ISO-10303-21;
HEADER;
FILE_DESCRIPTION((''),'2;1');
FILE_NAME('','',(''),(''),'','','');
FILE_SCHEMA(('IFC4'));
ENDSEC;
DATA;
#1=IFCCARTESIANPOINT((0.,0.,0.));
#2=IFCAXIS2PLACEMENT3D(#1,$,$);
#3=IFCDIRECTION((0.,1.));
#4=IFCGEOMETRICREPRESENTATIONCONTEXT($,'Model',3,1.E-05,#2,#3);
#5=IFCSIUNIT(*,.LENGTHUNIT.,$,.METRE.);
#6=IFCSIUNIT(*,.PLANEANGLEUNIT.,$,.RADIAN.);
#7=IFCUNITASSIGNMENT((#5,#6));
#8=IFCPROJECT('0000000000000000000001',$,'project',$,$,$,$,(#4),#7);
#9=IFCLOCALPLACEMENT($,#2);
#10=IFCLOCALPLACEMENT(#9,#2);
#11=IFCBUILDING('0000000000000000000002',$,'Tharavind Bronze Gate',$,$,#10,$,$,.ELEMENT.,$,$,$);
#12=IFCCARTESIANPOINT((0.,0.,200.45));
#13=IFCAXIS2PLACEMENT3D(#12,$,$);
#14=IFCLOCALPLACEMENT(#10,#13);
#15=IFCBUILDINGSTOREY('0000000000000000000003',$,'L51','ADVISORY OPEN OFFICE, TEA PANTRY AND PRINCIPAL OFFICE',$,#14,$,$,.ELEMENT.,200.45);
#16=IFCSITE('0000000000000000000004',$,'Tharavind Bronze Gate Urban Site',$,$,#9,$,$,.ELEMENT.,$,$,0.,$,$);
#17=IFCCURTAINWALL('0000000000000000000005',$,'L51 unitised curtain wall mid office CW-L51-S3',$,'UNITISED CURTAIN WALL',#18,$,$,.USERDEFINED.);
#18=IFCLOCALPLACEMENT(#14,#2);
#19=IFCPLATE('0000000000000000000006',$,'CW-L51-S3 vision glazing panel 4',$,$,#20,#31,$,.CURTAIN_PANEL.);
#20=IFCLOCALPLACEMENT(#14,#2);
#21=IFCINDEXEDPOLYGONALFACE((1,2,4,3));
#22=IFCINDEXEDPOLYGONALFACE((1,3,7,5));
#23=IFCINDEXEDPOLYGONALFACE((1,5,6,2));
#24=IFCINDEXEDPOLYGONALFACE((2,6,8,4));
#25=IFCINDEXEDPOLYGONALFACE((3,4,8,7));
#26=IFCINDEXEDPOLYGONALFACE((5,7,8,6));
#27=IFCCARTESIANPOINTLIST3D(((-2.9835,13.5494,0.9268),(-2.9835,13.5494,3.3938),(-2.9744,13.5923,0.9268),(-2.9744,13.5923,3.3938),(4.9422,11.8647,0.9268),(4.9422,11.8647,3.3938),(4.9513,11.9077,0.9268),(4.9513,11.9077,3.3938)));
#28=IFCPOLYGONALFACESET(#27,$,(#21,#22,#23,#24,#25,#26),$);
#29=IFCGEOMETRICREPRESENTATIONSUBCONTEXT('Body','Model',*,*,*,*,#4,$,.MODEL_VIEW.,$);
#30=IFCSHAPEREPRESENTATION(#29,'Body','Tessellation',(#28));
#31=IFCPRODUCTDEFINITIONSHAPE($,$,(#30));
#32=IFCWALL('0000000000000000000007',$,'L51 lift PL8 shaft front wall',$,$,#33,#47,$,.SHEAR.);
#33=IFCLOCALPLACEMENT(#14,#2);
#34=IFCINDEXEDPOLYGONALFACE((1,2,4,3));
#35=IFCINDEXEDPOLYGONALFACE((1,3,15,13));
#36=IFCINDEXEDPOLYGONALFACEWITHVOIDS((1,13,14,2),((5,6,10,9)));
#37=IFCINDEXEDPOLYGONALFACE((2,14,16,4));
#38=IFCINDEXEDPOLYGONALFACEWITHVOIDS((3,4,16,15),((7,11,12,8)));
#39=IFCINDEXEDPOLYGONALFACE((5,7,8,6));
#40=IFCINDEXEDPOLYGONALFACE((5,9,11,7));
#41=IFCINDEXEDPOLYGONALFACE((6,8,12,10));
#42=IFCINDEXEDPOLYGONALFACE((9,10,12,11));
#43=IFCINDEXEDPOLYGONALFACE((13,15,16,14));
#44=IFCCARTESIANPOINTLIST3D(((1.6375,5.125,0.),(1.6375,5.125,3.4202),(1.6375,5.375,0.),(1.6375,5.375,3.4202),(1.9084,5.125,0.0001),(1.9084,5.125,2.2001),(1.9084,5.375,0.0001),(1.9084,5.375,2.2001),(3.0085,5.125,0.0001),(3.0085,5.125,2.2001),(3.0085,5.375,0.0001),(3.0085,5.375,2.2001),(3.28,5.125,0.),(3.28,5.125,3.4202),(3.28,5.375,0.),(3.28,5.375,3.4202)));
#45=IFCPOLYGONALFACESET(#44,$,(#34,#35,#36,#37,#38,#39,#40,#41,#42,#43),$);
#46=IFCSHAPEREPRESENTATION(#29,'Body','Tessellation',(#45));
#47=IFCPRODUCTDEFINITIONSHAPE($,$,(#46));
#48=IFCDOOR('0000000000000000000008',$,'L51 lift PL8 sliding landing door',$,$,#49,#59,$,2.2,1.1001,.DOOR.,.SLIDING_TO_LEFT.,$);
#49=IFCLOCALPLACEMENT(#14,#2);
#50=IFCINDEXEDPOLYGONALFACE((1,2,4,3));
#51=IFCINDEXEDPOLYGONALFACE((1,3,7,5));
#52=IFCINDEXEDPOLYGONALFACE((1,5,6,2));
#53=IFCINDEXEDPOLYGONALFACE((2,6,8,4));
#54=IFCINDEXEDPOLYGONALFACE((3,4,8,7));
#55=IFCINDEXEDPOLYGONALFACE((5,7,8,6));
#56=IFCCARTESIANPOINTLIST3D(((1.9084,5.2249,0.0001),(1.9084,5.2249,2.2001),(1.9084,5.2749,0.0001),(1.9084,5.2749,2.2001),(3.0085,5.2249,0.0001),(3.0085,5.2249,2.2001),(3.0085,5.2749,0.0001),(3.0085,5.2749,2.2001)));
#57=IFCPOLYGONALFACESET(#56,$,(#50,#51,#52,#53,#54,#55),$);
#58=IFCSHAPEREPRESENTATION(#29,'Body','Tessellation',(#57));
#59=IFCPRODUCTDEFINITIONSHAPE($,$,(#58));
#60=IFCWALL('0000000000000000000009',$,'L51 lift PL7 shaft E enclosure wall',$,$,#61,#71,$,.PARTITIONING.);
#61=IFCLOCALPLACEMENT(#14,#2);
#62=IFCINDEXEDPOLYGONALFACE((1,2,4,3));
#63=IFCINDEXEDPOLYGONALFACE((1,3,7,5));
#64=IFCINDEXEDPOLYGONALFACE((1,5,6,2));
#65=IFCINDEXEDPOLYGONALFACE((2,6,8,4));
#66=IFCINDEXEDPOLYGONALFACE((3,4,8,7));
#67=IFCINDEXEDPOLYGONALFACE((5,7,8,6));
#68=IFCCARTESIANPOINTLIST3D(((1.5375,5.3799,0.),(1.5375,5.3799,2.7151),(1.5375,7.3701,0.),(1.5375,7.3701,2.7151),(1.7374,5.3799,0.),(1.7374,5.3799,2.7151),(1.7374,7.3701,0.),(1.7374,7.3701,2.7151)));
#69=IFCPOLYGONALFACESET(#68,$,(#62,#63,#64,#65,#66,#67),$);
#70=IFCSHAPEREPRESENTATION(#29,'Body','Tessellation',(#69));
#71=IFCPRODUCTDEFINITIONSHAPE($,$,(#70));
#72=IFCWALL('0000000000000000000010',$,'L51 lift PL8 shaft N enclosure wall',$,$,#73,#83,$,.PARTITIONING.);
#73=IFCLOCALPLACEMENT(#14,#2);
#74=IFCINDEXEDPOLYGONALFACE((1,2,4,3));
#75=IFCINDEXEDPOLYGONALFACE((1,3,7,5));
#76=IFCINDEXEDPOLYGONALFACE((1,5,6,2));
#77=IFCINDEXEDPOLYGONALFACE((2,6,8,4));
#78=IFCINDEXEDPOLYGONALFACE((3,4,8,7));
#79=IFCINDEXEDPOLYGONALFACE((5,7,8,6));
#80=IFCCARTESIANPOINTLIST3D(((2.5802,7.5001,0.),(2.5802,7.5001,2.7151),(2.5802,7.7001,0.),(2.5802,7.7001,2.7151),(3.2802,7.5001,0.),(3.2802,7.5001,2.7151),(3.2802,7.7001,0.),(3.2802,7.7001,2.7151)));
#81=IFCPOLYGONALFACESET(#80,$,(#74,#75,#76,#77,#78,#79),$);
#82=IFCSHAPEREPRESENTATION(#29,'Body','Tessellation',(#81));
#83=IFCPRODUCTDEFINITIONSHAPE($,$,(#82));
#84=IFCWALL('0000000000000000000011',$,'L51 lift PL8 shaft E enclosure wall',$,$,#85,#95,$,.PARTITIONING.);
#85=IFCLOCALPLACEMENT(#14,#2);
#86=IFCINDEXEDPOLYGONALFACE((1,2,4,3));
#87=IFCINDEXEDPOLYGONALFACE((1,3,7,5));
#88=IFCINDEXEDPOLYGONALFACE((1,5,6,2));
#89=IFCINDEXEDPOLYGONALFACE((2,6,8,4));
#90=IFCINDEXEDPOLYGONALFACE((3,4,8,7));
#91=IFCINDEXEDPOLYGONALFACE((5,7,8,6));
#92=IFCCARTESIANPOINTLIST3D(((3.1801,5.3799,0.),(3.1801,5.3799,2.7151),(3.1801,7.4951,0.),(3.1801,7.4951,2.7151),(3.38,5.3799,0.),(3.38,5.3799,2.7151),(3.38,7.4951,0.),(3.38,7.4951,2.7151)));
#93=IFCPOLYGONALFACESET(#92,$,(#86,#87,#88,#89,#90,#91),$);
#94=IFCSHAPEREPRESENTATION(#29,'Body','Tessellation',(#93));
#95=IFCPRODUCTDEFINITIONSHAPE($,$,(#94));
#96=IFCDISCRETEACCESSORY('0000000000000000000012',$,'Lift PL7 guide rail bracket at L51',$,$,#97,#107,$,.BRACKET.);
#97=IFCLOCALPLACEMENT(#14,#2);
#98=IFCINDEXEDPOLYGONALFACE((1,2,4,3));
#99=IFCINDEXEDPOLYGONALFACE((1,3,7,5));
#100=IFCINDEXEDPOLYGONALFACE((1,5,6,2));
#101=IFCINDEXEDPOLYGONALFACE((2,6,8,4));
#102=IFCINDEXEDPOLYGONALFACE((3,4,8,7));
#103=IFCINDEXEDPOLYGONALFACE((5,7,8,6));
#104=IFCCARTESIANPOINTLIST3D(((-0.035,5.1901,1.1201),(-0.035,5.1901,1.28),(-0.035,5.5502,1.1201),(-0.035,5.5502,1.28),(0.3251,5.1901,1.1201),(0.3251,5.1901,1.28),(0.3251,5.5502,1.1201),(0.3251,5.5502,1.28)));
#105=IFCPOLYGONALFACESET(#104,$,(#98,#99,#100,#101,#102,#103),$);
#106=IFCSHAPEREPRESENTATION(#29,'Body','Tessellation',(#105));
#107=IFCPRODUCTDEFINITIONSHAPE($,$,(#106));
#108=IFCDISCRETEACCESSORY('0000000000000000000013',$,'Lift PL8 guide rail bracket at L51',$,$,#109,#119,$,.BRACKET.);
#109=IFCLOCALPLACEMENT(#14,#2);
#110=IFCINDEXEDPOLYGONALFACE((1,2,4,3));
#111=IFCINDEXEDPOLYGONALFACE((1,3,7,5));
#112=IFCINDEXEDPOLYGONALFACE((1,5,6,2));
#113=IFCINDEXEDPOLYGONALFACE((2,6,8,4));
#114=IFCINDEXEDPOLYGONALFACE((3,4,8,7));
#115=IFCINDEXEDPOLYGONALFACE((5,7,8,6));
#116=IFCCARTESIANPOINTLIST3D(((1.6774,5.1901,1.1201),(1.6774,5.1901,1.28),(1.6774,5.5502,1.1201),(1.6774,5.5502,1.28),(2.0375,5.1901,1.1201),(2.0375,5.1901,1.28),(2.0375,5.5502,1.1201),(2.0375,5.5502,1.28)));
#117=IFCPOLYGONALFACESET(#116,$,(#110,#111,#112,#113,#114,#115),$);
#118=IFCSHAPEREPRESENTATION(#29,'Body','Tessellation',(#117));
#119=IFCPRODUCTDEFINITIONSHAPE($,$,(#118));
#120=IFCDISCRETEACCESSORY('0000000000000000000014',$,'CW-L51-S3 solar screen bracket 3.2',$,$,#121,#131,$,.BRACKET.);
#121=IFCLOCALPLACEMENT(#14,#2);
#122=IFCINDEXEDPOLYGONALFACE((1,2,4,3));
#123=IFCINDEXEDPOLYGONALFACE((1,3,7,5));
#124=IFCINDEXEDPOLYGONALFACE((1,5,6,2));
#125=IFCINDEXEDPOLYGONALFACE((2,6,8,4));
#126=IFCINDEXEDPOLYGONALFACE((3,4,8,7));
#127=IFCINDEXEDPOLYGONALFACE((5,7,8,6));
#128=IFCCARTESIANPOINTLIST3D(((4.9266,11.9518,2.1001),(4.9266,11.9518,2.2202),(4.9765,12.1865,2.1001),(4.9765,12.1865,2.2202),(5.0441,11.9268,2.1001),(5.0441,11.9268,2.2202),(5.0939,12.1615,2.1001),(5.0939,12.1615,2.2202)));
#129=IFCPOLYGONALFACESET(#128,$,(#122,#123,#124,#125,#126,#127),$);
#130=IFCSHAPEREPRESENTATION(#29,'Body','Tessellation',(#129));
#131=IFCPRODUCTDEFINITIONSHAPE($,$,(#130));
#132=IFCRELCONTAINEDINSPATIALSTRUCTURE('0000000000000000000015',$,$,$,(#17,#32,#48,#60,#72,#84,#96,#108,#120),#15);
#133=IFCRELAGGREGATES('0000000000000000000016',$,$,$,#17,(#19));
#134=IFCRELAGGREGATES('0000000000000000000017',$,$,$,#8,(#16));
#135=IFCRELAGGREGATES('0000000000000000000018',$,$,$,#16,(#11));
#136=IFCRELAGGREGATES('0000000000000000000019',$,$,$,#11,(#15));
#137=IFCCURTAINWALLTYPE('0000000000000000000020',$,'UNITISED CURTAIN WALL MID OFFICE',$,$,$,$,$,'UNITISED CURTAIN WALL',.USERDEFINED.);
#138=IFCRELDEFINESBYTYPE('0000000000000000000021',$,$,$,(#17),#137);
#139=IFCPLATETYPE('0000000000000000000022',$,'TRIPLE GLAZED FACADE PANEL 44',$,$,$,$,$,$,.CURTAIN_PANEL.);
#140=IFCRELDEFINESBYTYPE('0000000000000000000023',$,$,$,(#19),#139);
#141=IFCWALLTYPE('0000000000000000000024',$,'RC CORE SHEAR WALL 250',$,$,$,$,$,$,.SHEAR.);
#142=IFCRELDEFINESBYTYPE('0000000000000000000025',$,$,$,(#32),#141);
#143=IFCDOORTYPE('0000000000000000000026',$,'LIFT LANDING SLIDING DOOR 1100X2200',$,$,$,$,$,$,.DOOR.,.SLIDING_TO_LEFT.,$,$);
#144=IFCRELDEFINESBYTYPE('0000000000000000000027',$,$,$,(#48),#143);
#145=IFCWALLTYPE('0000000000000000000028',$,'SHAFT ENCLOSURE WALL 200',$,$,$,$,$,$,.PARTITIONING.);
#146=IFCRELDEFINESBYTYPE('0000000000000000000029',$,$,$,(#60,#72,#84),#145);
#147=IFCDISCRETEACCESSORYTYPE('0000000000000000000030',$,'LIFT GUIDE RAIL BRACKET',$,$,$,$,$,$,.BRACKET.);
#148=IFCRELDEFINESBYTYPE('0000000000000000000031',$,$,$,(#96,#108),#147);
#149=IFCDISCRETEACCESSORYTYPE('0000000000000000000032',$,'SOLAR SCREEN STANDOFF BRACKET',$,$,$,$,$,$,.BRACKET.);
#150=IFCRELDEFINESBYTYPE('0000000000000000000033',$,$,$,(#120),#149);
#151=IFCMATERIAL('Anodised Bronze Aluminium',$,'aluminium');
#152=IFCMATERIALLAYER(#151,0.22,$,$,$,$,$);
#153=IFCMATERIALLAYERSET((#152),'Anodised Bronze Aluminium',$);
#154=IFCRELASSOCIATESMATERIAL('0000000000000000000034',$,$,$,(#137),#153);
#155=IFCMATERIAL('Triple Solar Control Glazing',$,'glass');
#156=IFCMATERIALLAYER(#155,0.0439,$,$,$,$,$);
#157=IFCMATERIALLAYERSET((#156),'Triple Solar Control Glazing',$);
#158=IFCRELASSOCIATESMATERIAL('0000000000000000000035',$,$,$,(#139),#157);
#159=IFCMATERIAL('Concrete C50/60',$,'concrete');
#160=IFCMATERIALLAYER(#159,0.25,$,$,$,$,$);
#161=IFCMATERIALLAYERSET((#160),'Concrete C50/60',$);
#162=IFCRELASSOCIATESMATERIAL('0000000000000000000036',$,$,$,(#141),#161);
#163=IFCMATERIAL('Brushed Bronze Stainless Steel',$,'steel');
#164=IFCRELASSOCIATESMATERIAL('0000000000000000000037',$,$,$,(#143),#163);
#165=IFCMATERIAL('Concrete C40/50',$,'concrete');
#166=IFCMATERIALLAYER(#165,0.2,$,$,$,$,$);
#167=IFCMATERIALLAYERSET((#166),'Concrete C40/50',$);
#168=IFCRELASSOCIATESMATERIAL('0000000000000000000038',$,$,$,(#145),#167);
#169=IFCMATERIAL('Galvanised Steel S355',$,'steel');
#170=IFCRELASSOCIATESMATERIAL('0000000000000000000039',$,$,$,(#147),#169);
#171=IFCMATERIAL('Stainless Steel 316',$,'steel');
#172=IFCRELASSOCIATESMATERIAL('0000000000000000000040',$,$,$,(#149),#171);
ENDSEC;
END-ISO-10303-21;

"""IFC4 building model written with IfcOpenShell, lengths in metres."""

from ifc_helpers import new_model, si_unit, direction, frame, frame_2d, origin, origin_2d, place, context, subcontext, project, spatial, rectangle, extrude, material, layer, layer_set, type_object, element, fill, aggregate, save


model = new_model("IFC4")

# Units and contexts
model_context = context("Model", 3, precision=1e-05, world=origin(), true_north=direction((0.0, 1.0)))
body_context = subcontext(model_context, "Body", "Model", "MODEL_VIEW")
ifc_project = project(units=[si_unit("LENGTHUNIT", "METRE"), si_unit("PLANEANGLEUNIT", "RADIAN")], contexts=[model_context])

# Site, building, storey
site_placement = place(None, origin())
site = spatial("IfcSite", under=ifc_project, at=site_placement, Name="Tharavind Bronze Gate Urban Site", CompositionType="ELEMENT", RefElevation=0.0)
building_placement = place(site_placement, origin())
building = spatial("IfcBuilding", under=site, at=building_placement, Name="Tharavind Bronze Gate", CompositionType="ELEMENT")
storey_placement = place(building_placement, frame((0.0, 0.0, 200.45)))
storey = spatial("IfcBuildingStorey", under=building, at=storey_placement, Name="L51", Description="ADVISORY OPEN OFFICE, TEA PANTRY AND PRINCIPAL OFFICE", CompositionType="ELEMENT", Elevation=200.45)

# Curtain wall
ifc_material_1 = material(Name="Anodised Bronze Aluminium", Category="aluminium")
ifc_layer_1 = layer(ifc_material_1, 0.22)
ifc_layer_set_1 = layer_set([ifc_layer_1], Name="Anodised Bronze Aluminium")
curtain_wall_type = type_object("IfcCurtainWallType", Name="UNITISED CURTAIN WALL MID OFFICE", ElementType="UNITISED CURTAIN WALL", PredefinedType="USERDEFINED", material=ifc_layer_set_1)
curtain_wall_placement = place(storey_placement, origin())
curtain_wall = element("IfcCurtainWall", 1, at=curtain_wall_placement, inside=storey, type_object=curtain_wall_type, Name="L51 unitised curtain wall mid office CW-L51-S3", ObjectType="UNITISED CURTAIN WALL", PredefinedType="USERDEFINED")

# Plate
ifc_material_2 = material(Name="Triple Solar Control Glazing", Category="glass")
ifc_layer_2 = layer(ifc_material_2, 0.0439)
ifc_layer_set_2 = layer_set([ifc_layer_2], Name="Triple Solar Control Glazing")
plate_type_1 = type_object("IfcPlateType", Name="TRIPLE GLAZED FACADE PANEL 44", PredefinedType="CURTAIN_PANEL", material=ifc_layer_set_2)
plate_1_placement = place(storey_placement, frame((0.9839, 12.7285, 0.9268), z_axis=(0.0, 0.0, 1.0), x_axis=(-0.978148, 0.207912, 0.0)))
plate_1 = element("IfcPlate", 2, at=plate_1_placement, type_object=plate_type_1, Name="CW-L51-S3 vision glazing panel 4", PredefinedType="CURTAIN_PANEL", context=body_context, shape_type="SweptSolid", body=[
    extrude(rectangle(XDim=8.1028, YDim=0.0439, at=origin_2d()), origin(), (0.0, 0.0, 1.0), 2.467),
])
aggregate(curtain_wall, [plate_1])

# Wall, opening, door
ifc_material_3 = material(Name="Concrete C50/60", Category="concrete")
ifc_layer_3 = layer(ifc_material_3, 0.25)
ifc_layer_set_3 = layer_set([ifc_layer_3], Name="Concrete C50/60")
wall_type_1 = type_object("IfcWallType", Name="RC CORE SHEAR WALL 250", PredefinedType="SHEAR", material=ifc_layer_set_3)
wall_1_placement = place(storey_placement, frame((1.6375, 5.25, 0.0), z_axis=(0.0, 0.0, 1.0), x_axis=(1.0, 0.0, 0.0)))
wall_1 = element("IfcWall", 3, at=wall_1_placement, inside=storey, type_object=wall_type_1, Name="L51 lift PL8 shaft front wall", PredefinedType="SHEAR", context=body_context, shape_type="SweptSolid", body=[
    extrude(rectangle(XDim=1.6426, YDim=0.25, at=frame_2d((0.8213, 0.0))), origin(), (0.0, 0.0, 1.0), 3.4202),
])
opening_1_placement = place(wall_1_placement, frame((0.271, 0.0, 0.0)))
opening_1 = element("IfcOpeningElement", 4, at=opening_1_placement, cuts=wall_1, PredefinedType="OPENING", context=body_context, shape_type="SweptSolid", body=[
    extrude(rectangle(XDim=1.1001, YDim=2.2, at=frame_2d((0.55, 1.1001))), frame((0.0, 0.135, 0.0), z_axis=(0.0, -1.0, 0.0), x_axis=(1.0, 0.0, 0.0)), (0.0, 0.0, 1.0), 0.27),
])
ifc_material_4 = material(Name="Brushed Bronze Stainless Steel", Category="steel")
door_type_1 = type_object("IfcDoorType", Name="LIFT LANDING SLIDING DOOR 1100X2200", OperationType="SLIDING_TO_LEFT", PredefinedType="DOOR", material=ifc_material_4)
door_1_placement = place(opening_1_placement, origin())
door_1 = element("IfcDoor", 5, at=door_1_placement, inside=storey, type_object=door_type_1, Name="L51 lift PL8 sliding landing door", OperationType="SLIDING_TO_LEFT", OverallHeight=2.2, OverallWidth=1.1001, PredefinedType="DOOR", context=body_context, shape_type="SweptSolid", body=[
    extrude(rectangle(XDim=1.1001, YDim=2.2, at=frame_2d((0.55, 1.1001))), frame((0.0, 0.0249, 0.0), z_axis=(0.0, -1.0, 0.0), x_axis=(1.0, 0.0, 0.0)), (0.0, 0.0, 1.0), 0.05),
])
fill(opening_1, door_1)

# Walls
ifc_material_5 = material(Name="Concrete C40/50", Category="concrete")
ifc_layer_4 = layer(ifc_material_5, 0.2)
ifc_layer_set_4 = layer_set([ifc_layer_4], Name="Concrete C40/50")
wall_type_2 = type_object("IfcWallType", Name="SHAFT ENCLOSURE WALL 200", PredefinedType="PARTITIONING", material=ifc_layer_set_4)
wall_2_placement = place(storey_placement, frame((1.6375, 5.3799, 0.0), z_axis=(0.0, 0.0, 1.0), x_axis=(0.0, 1.0, 0.0)))
element("IfcWall", 6, at=wall_2_placement, inside=storey, type_object=wall_type_2, Name="L51 lift PL7 shaft E enclosure wall", PredefinedType="PARTITIONING", context=body_context, shape_type="SweptSolid", body=[
    extrude(rectangle(XDim=1.9902, YDim=0.2, at=frame_2d((0.9951, 0.0))), origin(), (0.0, 0.0, 1.0), 2.7151),
])
wall_3_placement = place(storey_placement, frame((2.5801, 7.6001, 0.0), z_axis=(0.0, 0.0, 1.0), x_axis=(1.0, 0.0, 0.0)))
element("IfcWall", 7, at=wall_3_placement, inside=storey, type_object=wall_type_2, Name="L51 lift PL8 shaft N enclosure wall", PredefinedType="PARTITIONING", context=body_context, shape_type="SweptSolid", body=[
    extrude(rectangle(XDim=0.7, YDim=0.2, at=frame_2d((0.3501, 0.0))), origin(), (0.0, 0.0, 1.0), 2.7151),
])
wall_4_placement = place(storey_placement, frame((3.28, 5.3799, 0.0), z_axis=(0.0, 0.0, 1.0), x_axis=(0.0, 1.0, 0.0)))
element("IfcWall", 8, at=wall_4_placement, inside=storey, type_object=wall_type_2, Name="L51 lift PL8 shaft E enclosure wall", PredefinedType="PARTITIONING", context=body_context, shape_type="SweptSolid", body=[
    extrude(rectangle(XDim=2.1152, YDim=0.2, at=frame_2d((1.0576, 0.0))), origin(), (0.0, 0.0, 1.0), 2.7151),
])

# Discrete accessories
ifc_material_6 = material(Name="Galvanised Steel S355", Category="steel")
discrete_accessory_type_1 = type_object("IfcDiscreteAccessoryType", Name="LIFT GUIDE RAIL BRACKET", PredefinedType="BRACKET", material=ifc_material_6)
for number, where, z_axis, x_axis, name in (
    (9, (0.145, 5.3701, 1.1201), (0.0, 0.0, 1.0), (1.0, 0.0, 0.0), "Lift PL7 guide rail bracket at L51"),
    (10, (1.8574, 5.3701, 1.1201), (0.0, 0.0, 1.0), (1.0, 0.0, 0.0), "Lift PL8 guide rail bracket at L51"),
):
    element("IfcDiscreteAccessory", number, at=place(storey_placement, frame(where, z_axis=z_axis, x_axis=x_axis)), inside=storey, type_object=discrete_accessory_type_1, Name=name, PredefinedType="BRACKET", context=body_context, shape_type="SweptSolid", body=[
        extrude(rectangle(XDim=0.3601, YDim=0.3601, at=origin_2d()), origin(), (0.0, 0.0, 1.0), 0.1599),
    ])
ifc_material_7 = material(Name="Stainless Steel 316", Category="steel")
discrete_accessory_type_2 = type_object("IfcDiscreteAccessoryType", Name="SOLAR SCREEN STANDOFF BRACKET", PredefinedType="BRACKET", material=ifc_material_7)
discrete_accessory_placement = place(storey_placement, frame((5.0103, 12.0566, 2.1001), z_axis=(0.0, 0.0, 1.0), x_axis=(-0.978148, 0.207912, 0.0)))
element("IfcDiscreteAccessory", 11, at=discrete_accessory_placement, inside=storey, type_object=discrete_accessory_type_2, Name="CW-L51-S3 solar screen bracket 3.2", PredefinedType="BRACKET", context=body_context, shape_type="SweptSolid", body=[
    extrude(rectangle(XDim=0.1201, YDim=0.24, at=origin_2d()), origin(), (0.0, 0.0, 1.0), 0.1201),
])

save(model, "model.ifc")
